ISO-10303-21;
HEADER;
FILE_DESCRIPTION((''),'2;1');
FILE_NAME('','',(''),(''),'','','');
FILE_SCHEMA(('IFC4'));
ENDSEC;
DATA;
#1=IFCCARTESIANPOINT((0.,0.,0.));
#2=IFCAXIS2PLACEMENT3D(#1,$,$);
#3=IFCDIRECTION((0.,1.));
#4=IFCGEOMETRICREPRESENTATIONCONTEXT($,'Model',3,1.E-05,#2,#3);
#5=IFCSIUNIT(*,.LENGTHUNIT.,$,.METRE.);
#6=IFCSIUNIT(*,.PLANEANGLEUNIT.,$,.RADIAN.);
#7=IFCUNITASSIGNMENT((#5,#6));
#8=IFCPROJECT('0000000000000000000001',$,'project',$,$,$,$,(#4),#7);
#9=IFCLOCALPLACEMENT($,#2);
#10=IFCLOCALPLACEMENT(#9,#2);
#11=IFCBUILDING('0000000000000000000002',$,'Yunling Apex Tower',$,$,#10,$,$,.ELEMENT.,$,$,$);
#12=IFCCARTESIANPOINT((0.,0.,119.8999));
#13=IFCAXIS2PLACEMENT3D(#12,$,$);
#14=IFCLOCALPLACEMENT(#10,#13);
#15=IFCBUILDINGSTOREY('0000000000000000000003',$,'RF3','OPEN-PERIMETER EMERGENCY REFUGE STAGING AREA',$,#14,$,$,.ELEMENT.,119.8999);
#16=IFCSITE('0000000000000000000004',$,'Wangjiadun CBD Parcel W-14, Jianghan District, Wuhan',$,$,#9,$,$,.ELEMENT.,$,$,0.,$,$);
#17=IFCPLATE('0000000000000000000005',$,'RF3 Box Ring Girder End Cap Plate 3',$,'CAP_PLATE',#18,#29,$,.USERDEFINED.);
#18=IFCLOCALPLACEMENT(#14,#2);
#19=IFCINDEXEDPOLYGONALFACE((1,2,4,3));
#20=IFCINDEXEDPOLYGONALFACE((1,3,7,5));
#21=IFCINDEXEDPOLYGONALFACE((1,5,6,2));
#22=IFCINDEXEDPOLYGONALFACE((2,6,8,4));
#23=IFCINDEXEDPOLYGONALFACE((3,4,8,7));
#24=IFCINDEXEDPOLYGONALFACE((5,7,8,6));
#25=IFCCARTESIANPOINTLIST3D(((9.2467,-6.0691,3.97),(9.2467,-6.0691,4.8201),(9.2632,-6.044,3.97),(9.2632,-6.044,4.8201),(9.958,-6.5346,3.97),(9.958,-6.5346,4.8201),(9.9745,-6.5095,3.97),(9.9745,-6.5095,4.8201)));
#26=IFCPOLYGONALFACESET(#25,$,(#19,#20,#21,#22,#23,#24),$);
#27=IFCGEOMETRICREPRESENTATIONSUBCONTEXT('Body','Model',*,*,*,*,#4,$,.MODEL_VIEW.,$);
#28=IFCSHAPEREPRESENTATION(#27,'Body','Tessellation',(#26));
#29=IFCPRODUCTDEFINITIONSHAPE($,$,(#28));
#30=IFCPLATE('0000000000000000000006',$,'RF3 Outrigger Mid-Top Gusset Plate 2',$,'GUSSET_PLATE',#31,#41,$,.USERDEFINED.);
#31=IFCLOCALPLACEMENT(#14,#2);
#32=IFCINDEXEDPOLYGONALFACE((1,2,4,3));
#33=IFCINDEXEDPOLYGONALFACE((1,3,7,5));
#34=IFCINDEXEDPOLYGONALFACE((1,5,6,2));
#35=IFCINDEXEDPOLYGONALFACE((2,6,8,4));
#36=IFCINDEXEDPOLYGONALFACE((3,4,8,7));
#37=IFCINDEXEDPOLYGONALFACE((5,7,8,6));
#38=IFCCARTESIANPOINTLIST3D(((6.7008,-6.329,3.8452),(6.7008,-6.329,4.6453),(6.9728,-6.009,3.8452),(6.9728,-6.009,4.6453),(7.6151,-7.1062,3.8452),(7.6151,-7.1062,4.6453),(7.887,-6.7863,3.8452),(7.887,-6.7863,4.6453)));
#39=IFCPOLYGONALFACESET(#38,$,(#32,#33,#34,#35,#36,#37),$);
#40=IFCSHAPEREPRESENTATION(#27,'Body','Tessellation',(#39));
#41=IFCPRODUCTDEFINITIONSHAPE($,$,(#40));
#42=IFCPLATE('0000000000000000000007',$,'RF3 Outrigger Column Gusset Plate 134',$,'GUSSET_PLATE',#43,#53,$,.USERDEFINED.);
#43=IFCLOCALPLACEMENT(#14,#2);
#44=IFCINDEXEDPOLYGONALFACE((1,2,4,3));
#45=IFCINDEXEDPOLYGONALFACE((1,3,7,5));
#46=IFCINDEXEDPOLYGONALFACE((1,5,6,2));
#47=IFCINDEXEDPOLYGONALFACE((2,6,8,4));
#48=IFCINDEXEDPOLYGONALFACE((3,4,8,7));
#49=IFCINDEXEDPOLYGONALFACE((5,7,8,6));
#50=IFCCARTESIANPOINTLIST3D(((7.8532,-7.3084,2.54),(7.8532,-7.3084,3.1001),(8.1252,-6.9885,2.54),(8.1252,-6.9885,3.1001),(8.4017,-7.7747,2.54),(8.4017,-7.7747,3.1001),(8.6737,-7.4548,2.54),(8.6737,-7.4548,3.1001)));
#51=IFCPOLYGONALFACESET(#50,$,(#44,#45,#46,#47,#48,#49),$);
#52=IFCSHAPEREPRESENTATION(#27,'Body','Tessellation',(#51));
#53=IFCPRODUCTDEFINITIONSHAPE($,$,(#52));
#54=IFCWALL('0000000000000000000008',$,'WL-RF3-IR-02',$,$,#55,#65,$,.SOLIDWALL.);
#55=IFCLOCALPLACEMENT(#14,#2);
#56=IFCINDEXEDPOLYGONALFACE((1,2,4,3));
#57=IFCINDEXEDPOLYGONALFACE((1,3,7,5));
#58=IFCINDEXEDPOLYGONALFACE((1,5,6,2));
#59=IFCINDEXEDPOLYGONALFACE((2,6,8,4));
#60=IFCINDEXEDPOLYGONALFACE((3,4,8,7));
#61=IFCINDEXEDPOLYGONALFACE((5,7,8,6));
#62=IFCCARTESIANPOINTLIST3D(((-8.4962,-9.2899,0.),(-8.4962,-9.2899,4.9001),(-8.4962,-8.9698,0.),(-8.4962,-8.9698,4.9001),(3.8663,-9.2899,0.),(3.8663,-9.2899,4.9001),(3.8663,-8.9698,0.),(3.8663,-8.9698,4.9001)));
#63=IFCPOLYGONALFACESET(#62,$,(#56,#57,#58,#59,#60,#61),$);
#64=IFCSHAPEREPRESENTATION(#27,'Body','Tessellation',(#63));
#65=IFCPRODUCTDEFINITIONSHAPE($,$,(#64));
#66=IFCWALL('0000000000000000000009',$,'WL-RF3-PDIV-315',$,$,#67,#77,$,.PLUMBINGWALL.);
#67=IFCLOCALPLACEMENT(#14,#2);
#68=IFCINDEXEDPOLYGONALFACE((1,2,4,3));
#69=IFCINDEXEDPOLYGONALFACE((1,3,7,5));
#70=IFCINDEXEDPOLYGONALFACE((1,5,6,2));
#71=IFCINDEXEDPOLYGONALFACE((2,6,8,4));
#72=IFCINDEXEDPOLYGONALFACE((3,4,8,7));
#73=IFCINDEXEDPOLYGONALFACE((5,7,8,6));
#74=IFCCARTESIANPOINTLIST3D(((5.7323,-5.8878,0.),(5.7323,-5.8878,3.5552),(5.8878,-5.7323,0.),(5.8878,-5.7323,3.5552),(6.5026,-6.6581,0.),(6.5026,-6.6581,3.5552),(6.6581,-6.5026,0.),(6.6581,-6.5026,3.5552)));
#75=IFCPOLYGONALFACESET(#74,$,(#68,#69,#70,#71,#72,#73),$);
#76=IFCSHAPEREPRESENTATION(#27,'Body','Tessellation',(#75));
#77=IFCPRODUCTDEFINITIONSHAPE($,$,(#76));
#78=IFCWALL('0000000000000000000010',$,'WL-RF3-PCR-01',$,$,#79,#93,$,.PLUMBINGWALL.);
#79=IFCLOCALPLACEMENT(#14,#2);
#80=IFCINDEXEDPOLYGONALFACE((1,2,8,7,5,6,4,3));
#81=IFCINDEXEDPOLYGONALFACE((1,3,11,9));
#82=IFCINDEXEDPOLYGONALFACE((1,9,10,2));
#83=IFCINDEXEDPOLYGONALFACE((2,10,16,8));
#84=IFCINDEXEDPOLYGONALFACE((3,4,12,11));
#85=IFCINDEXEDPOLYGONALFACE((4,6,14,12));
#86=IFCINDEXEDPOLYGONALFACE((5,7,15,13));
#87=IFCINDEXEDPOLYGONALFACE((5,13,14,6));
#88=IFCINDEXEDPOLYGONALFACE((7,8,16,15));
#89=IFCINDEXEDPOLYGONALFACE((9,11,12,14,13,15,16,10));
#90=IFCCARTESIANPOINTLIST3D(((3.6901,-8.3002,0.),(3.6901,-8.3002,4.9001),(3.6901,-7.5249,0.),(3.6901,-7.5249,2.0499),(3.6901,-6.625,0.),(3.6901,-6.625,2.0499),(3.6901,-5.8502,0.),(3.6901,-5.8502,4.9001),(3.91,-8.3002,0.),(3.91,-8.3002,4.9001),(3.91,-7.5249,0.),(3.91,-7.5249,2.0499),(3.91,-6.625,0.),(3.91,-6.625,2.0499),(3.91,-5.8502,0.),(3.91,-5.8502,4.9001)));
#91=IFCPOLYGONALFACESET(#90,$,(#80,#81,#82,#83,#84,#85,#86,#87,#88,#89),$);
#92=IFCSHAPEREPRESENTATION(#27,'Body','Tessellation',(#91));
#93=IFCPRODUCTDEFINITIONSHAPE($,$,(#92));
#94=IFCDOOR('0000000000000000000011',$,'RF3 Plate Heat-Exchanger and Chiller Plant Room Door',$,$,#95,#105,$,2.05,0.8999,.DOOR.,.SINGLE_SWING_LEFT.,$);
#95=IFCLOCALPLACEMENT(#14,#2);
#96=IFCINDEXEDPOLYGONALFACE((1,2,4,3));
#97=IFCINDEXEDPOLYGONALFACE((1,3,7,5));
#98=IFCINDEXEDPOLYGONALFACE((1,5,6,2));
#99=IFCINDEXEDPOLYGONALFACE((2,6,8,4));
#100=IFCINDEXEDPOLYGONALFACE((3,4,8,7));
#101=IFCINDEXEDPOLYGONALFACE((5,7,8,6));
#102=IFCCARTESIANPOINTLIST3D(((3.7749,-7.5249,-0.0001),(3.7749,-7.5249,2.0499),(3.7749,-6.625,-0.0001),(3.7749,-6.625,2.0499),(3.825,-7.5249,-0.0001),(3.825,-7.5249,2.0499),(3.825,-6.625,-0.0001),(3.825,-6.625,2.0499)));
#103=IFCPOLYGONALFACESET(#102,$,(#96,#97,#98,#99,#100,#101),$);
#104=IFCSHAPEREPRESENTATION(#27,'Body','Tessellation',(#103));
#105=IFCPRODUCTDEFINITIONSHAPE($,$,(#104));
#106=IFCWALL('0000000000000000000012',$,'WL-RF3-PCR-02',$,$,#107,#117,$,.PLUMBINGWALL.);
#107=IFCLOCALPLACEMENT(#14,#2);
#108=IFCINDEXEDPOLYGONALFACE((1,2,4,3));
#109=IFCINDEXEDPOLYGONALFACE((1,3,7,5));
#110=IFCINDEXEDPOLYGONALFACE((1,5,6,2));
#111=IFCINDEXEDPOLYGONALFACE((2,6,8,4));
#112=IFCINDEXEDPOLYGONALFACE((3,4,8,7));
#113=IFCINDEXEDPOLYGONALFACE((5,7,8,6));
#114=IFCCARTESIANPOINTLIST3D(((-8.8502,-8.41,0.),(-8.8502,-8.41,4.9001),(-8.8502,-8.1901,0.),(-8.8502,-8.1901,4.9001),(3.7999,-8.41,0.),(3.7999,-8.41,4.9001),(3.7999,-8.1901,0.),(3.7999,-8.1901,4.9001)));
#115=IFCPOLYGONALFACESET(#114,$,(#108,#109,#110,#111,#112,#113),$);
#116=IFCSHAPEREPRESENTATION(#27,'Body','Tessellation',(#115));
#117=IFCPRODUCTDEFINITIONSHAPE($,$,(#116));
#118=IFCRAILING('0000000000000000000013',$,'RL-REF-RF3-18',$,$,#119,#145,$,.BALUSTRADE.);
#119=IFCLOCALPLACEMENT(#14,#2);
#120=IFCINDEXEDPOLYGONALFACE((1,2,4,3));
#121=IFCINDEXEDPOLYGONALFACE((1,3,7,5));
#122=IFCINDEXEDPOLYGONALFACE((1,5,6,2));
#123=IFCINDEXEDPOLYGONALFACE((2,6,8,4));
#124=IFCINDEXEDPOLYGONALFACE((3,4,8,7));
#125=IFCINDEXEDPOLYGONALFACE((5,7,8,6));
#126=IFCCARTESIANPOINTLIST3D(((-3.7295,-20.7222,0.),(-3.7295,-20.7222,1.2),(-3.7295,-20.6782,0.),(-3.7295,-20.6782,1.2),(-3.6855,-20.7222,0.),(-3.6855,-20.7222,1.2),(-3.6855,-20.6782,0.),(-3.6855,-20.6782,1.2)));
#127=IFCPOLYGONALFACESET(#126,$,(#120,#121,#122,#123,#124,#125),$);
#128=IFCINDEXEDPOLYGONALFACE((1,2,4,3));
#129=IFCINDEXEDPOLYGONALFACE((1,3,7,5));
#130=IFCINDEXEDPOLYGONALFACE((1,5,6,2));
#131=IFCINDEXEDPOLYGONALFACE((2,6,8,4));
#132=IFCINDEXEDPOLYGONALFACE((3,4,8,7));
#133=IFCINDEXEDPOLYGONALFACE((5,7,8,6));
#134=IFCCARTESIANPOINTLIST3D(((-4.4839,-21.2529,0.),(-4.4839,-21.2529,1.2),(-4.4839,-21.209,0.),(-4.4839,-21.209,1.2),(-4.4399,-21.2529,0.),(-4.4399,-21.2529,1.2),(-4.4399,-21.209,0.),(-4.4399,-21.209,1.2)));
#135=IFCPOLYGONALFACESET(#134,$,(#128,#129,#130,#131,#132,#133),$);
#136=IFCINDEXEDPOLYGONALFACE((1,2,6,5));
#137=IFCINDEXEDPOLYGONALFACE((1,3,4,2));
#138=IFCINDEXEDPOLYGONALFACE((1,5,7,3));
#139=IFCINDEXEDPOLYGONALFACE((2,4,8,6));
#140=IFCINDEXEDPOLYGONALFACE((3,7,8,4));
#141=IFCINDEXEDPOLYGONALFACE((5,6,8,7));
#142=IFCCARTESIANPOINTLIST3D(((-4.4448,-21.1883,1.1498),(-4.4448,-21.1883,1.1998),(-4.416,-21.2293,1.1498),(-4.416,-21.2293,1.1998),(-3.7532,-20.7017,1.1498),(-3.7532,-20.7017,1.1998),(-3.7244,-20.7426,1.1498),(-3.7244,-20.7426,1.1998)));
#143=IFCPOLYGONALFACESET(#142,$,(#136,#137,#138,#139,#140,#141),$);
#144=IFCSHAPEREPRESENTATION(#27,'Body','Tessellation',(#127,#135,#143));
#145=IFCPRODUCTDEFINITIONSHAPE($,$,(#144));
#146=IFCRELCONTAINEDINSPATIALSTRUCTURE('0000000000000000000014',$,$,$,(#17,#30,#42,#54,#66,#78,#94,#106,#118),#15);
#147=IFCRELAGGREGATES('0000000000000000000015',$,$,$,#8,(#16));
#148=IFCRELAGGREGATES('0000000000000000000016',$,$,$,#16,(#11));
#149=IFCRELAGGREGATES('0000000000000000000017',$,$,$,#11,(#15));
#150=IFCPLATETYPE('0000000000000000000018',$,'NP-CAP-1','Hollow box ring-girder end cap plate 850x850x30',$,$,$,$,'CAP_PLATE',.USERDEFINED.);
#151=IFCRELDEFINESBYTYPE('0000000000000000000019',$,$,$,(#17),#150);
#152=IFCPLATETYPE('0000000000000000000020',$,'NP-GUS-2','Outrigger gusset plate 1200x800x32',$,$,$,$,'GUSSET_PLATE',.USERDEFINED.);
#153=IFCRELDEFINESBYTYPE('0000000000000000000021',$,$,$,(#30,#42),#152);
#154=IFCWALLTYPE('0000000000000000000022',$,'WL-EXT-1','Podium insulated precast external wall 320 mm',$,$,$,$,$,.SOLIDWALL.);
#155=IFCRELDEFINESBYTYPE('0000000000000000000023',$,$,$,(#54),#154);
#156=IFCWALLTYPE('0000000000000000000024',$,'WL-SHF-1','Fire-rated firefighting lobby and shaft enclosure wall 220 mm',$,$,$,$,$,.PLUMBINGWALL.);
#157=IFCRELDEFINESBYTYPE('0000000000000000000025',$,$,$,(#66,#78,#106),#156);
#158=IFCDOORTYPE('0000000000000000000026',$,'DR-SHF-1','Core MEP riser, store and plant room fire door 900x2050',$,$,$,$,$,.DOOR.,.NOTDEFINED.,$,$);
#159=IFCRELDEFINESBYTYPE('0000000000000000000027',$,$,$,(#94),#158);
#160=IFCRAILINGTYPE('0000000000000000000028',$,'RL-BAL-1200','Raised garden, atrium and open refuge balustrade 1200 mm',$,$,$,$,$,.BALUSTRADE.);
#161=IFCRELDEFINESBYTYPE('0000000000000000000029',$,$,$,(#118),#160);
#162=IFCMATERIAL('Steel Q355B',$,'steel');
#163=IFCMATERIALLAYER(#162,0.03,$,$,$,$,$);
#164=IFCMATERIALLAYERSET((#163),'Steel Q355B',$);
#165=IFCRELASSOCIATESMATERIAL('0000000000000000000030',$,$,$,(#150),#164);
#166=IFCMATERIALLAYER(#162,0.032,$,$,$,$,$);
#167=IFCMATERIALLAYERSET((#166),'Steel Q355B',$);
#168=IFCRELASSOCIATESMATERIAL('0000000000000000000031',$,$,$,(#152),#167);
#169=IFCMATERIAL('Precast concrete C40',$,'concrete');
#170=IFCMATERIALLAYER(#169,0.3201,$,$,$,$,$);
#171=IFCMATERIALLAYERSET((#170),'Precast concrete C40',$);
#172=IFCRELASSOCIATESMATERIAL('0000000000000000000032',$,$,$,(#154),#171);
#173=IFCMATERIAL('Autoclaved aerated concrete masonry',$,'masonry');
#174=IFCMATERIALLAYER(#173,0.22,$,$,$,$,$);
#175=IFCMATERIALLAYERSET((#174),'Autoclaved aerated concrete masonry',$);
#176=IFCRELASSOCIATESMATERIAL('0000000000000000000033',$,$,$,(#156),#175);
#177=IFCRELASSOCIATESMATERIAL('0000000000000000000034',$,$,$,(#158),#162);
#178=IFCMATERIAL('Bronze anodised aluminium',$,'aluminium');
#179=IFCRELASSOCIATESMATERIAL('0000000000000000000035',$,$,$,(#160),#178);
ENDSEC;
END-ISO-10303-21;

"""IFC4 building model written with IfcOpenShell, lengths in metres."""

from ifc_helpers import new_model, si_unit, direction, frame, frame_2d, origin, origin_2d, place, context, subcontext, project, spatial, rectangle, extrude, source, transform, mapped, material, layer, layer_set, type_object, element, fill, save


model = new_model("IFC4")

# Units and contexts
model_context = context("Model", 3, precision=1e-05, world=origin(), true_north=direction((0.0, 1.0)))
body_context = subcontext(model_context, "Body", "Model", "MODEL_VIEW")
ifc_project = project(units=[si_unit("LENGTHUNIT", "METRE"), si_unit("PLANEANGLEUNIT", "RADIAN")], contexts=[model_context])

# Site, building, storey
site_placement = place(None, origin())
site = spatial("IfcSite", under=ifc_project, at=site_placement, Name="Wangjiadun CBD Parcel W-14, Jianghan District, Wuhan", CompositionType="ELEMENT", RefElevation=0.0)
building_placement = place(site_placement, origin())
building = spatial("IfcBuilding", under=site, at=building_placement, Name="Yunling Apex Tower", CompositionType="ELEMENT")
storey_placement = place(building_placement, frame((0.0, 0.0, 119.8999)))
storey = spatial("IfcBuildingStorey", under=building, at=storey_placement, Name="RF3", Description="OPEN-PERIMETER EMERGENCY REFUGE STAGING AREA", CompositionType="ELEMENT", Elevation=119.8999)

# Shared definitions
ifc_material_1 = material(Name="Steel Q355B", Category="steel")

# Plates
ifc_layer_1 = layer(ifc_material_1, 0.03)
ifc_layer_set_1 = layer_set([ifc_layer_1], Name="Steel Q355B")
plate_type_1 = type_object("IfcPlateType", Name="NP-CAP-1", Description="Hollow box ring-girder end cap plate 850x850x30", ElementType="CAP_PLATE", PredefinedType="USERDEFINED", material=ifc_layer_set_1)
shared_shape_1 = source(origin(), body_context, "Body", "SweptSolid", [
    extrude(rectangle(XDim=0.8501, YDim=0.03, at=origin_2d()), origin(), (0.0, 0.0, 1.0), 0.8501),
])
plate_1_placement = place(storey_placement, frame((9.6106, -6.2893, 3.97), z_axis=(0.0, 0.0, 1.0), x_axis=(0.836764, -0.547563, 0.0)))
element("IfcPlate", 1, at=plate_1_placement, inside=storey, type_object=plate_type_1, Name="RF3 Box Ring Girder End Cap Plate 3", ObjectType="CAP_PLATE", PredefinedType="USERDEFINED", context=body_context, shape_type="MappedRepresentation", body=[
    mapped(shared_shape_1, transform((0.0, 0.0, 0.0), scale=1.0)),
])
ifc_layer_2 = layer(ifc_material_1, 0.032)
ifc_layer_set_2 = layer_set([ifc_layer_2], Name="Steel Q355B")
plate_type_2 = type_object("IfcPlateType", Name="NP-GUS-2", Description="Outrigger gusset plate 1200x800x32", ElementType="GUSSET_PLATE", PredefinedType="USERDEFINED", material=ifc_layer_set_2)
shared_shape_2 = source(origin(), body_context, "Body", "SweptSolid", [
    extrude(rectangle(XDim=1.2, YDim=0.4199, at=origin_2d()), origin(), (0.0, 0.0, 1.0), 0.8),
])
plate_2_placement = place(storey_placement, frame((7.2939, -6.5576, 3.8452), z_axis=(0.0, 0.0, 1.0), x_axis=(0.761878, -0.647721, 0.0)))
element("IfcPlate", 2, at=plate_2_placement, inside=storey, type_object=plate_type_2, Name="RF3 Outrigger Mid-Top Gusset Plate 2", ObjectType="GUSSET_PLATE", PredefinedType="USERDEFINED", context=body_context, shape_type="MappedRepresentation", body=[
    mapped(shared_shape_2, transform((0.0, 0.0, 0.0), scale=1.0)),
])
shared_shape_3 = source(origin(), body_context, "Body", "SweptSolid", [
    extrude(rectangle(XDim=0.72, YDim=0.4199, at=origin_2d()), origin(), (0.0, 0.0, 1.0), 0.5601),
])
plate_3_placement = place(storey_placement, frame((8.2634, -7.3816, 2.54), z_axis=(0.0, 0.0, 1.0), x_axis=(0.761878, -0.647721, 0.0)))
element("IfcPlate", 3, at=plate_3_placement, inside=storey, type_object=plate_type_2, Name="RF3 Outrigger Column Gusset Plate 134", ObjectType="GUSSET_PLATE", PredefinedType="USERDEFINED", context=body_context, shape_type="MappedRepresentation", body=[
    mapped(shared_shape_3, transform((0.0, 0.0, 0.0), scale=1.0)),
])

# Walls
ifc_material_2 = material(Name="Precast concrete C40", Category="concrete")
ifc_layer_3 = layer(ifc_material_2, 0.3201)
ifc_layer_set_3 = layer_set([ifc_layer_3], Name="Precast concrete C40")
wall_type_1 = type_object("IfcWallType", Name="WL-EXT-1", Description="Podium insulated precast external wall 320 mm", PredefinedType="SOLIDWALL", material=ifc_layer_set_3)
wall_1_placement = place(storey_placement, frame((3.8662, -9.1299, 0.0), z_axis=(0.0, 0.0, 1.0), x_axis=(-1.0, 0.0, 0.0)))
element("IfcWall", 4, at=wall_1_placement, inside=storey, type_object=wall_type_1, Name="WL-RF3-IR-02", PredefinedType="SOLIDWALL", context=body_context, shape_type="SweptSolid", body=[
    extrude(rectangle(XDim=12.3625, YDim=0.3201, at=frame_2d((6.1812, 0.0))), origin(), (0.0, 0.0, 1.0), 4.9001),
])
ifc_material_3 = material(Name="Autoclaved aerated concrete masonry", Category="masonry")
ifc_layer_4 = layer(ifc_material_3, 0.22)
ifc_layer_set_4 = layer_set([ifc_layer_4], Name="Autoclaved aerated concrete masonry")
wall_type_2 = type_object("IfcWallType", Name="WL-SHF-1", Description="Fire-rated firefighting lobby and shaft enclosure wall 220 mm", PredefinedType="PLUMBINGWALL", material=ifc_layer_set_4)
wall_2_placement = place(storey_placement, frame((5.8101, -5.8101, 0.0), z_axis=(0.0, 0.0, 1.0), x_axis=(0.707107, -0.707107, 0.0)))
element("IfcWall", 5, at=wall_2_placement, inside=storey, type_object=wall_type_2, Name="WL-RF3-PDIV-315", PredefinedType="PLUMBINGWALL", context=body_context, shape_type="SweptSolid", body=[
    extrude(rectangle(XDim=1.0894, YDim=0.22, at=frame_2d((0.5447, 0.0))), origin(), (0.0, 0.0, 1.0), 3.5552),
])

# Wall, opening, door
wall_3_placement = place(storey_placement, frame((3.8, -5.8501, 0.0), z_axis=(0.0, 0.0, 1.0), x_axis=(0.0, -1.0, 0.0)))
wall_3 = element("IfcWall", 6, at=wall_3_placement, inside=storey, type_object=wall_type_2, Name="WL-RF3-PCR-01", PredefinedType="PLUMBINGWALL", context=body_context, shape_type="SweptSolid", body=[
    extrude(rectangle(XDim=2.45, YDim=0.22, at=frame_2d((1.2251, 0.0))), origin(), (0.0, 0.0, 1.0), 4.9001),
])
opening_placement = place(wall_3_placement, frame((0.7749, 0.0, 0.0)))
opening = element("IfcOpeningElement", 7, at=opening_placement, cuts=wall_3, PredefinedType="OPENING", context=body_context, shape_type="SweptSolid", body=[
    extrude(rectangle(XDim=0.8999, YDim=2.05, at=frame_2d((0.45, 1.0249))), frame((0.0, 0.1201, 0.0), z_axis=(0.0, -1.0, 0.0), x_axis=(1.0, 0.0, 0.0)), (0.0, 0.0, 1.0), 0.24),
])
door_type = type_object("IfcDoorType", Name="DR-SHF-1", Description="Core MEP riser, store and plant room fire door 900x2050", OperationType="NOTDEFINED", PredefinedType="DOOR", material=ifc_material_1)
door_placement = place(opening_placement, origin())
door = element("IfcDoor", 8, at=door_placement, inside=storey, type_object=door_type, Name="RF3 Plate Heat-Exchanger and Chiller Plant Room Door", OperationType="SINGLE_SWING_LEFT", OverallHeight=2.05, OverallWidth=0.8999, PredefinedType="DOOR", context=body_context, shape_type="SweptSolid", body=[
    extrude(rectangle(XDim=0.8999, YDim=2.05, at=frame_2d((0.45, 1.0249))), frame((0.0, 0.0249, 0.0), z_axis=(0.0, -1.0, 0.0), x_axis=(1.0, 0.0, 0.0)), (0.0, 0.0, 1.0), 0.05),
])
fill(opening, door)

# Wall
wall_4_placement = place(storey_placement, frame((3.8, -8.3, 0.0), z_axis=(0.0, 0.0, 1.0), x_axis=(-1.0, 0.0, 0.0)))
element("IfcWall", 9, at=wall_4_placement, inside=storey, type_object=wall_type_2, Name="WL-RF3-PCR-02", PredefinedType="PLUMBINGWALL", context=body_context, shape_type="SweptSolid", body=[
    extrude(rectangle(XDim=12.6501, YDim=0.22, at=frame_2d((6.3252, 0.0))), origin(), (0.0, 0.0, 1.0), 4.9001),
])

# Railing
ifc_material_4 = material(Name="Bronze anodised aluminium", Category="aluminium")
railing_type = type_object("IfcRailingType", Name="RL-BAL-1200", Description="Raised garden, atrium and open refuge balustrade 1200 mm", PredefinedType="BALUSTRADE", material=ifc_material_4)
railing_placement = place(storey_placement, frame((-3.7075, -20.7002, 0.0)))
element("IfcRailing", 10, at=railing_placement, inside=storey, type_object=railing_type, Name="RL-REF-RF3-18", PredefinedType="BALUSTRADE", context=body_context, shape_type="SweptSolid", body=[
    extrude(rectangle(XDim=0.0439, YDim=0.0439, at=origin_2d()), origin(), (0.0, 0.0, 1.0), 1.2),
    extrude(rectangle(XDim=0.0439, YDim=0.0439, at=origin_2d()), frame((-0.7544, -0.5308, 0.0)), (0.0, 0.0, 1.0), 1.2),
    extrude(rectangle(XDim=0.05, YDim=0.05, at=origin_2d()), frame((-0.0312, -0.022, 1.1748), z_axis=(-0.817862, -0.575415, 0.0), x_axis=(0.575415, -0.817862, 0.0)), (0.0, 0.0, 1.0), 0.8457),
])

save(model, "model.ifc")
